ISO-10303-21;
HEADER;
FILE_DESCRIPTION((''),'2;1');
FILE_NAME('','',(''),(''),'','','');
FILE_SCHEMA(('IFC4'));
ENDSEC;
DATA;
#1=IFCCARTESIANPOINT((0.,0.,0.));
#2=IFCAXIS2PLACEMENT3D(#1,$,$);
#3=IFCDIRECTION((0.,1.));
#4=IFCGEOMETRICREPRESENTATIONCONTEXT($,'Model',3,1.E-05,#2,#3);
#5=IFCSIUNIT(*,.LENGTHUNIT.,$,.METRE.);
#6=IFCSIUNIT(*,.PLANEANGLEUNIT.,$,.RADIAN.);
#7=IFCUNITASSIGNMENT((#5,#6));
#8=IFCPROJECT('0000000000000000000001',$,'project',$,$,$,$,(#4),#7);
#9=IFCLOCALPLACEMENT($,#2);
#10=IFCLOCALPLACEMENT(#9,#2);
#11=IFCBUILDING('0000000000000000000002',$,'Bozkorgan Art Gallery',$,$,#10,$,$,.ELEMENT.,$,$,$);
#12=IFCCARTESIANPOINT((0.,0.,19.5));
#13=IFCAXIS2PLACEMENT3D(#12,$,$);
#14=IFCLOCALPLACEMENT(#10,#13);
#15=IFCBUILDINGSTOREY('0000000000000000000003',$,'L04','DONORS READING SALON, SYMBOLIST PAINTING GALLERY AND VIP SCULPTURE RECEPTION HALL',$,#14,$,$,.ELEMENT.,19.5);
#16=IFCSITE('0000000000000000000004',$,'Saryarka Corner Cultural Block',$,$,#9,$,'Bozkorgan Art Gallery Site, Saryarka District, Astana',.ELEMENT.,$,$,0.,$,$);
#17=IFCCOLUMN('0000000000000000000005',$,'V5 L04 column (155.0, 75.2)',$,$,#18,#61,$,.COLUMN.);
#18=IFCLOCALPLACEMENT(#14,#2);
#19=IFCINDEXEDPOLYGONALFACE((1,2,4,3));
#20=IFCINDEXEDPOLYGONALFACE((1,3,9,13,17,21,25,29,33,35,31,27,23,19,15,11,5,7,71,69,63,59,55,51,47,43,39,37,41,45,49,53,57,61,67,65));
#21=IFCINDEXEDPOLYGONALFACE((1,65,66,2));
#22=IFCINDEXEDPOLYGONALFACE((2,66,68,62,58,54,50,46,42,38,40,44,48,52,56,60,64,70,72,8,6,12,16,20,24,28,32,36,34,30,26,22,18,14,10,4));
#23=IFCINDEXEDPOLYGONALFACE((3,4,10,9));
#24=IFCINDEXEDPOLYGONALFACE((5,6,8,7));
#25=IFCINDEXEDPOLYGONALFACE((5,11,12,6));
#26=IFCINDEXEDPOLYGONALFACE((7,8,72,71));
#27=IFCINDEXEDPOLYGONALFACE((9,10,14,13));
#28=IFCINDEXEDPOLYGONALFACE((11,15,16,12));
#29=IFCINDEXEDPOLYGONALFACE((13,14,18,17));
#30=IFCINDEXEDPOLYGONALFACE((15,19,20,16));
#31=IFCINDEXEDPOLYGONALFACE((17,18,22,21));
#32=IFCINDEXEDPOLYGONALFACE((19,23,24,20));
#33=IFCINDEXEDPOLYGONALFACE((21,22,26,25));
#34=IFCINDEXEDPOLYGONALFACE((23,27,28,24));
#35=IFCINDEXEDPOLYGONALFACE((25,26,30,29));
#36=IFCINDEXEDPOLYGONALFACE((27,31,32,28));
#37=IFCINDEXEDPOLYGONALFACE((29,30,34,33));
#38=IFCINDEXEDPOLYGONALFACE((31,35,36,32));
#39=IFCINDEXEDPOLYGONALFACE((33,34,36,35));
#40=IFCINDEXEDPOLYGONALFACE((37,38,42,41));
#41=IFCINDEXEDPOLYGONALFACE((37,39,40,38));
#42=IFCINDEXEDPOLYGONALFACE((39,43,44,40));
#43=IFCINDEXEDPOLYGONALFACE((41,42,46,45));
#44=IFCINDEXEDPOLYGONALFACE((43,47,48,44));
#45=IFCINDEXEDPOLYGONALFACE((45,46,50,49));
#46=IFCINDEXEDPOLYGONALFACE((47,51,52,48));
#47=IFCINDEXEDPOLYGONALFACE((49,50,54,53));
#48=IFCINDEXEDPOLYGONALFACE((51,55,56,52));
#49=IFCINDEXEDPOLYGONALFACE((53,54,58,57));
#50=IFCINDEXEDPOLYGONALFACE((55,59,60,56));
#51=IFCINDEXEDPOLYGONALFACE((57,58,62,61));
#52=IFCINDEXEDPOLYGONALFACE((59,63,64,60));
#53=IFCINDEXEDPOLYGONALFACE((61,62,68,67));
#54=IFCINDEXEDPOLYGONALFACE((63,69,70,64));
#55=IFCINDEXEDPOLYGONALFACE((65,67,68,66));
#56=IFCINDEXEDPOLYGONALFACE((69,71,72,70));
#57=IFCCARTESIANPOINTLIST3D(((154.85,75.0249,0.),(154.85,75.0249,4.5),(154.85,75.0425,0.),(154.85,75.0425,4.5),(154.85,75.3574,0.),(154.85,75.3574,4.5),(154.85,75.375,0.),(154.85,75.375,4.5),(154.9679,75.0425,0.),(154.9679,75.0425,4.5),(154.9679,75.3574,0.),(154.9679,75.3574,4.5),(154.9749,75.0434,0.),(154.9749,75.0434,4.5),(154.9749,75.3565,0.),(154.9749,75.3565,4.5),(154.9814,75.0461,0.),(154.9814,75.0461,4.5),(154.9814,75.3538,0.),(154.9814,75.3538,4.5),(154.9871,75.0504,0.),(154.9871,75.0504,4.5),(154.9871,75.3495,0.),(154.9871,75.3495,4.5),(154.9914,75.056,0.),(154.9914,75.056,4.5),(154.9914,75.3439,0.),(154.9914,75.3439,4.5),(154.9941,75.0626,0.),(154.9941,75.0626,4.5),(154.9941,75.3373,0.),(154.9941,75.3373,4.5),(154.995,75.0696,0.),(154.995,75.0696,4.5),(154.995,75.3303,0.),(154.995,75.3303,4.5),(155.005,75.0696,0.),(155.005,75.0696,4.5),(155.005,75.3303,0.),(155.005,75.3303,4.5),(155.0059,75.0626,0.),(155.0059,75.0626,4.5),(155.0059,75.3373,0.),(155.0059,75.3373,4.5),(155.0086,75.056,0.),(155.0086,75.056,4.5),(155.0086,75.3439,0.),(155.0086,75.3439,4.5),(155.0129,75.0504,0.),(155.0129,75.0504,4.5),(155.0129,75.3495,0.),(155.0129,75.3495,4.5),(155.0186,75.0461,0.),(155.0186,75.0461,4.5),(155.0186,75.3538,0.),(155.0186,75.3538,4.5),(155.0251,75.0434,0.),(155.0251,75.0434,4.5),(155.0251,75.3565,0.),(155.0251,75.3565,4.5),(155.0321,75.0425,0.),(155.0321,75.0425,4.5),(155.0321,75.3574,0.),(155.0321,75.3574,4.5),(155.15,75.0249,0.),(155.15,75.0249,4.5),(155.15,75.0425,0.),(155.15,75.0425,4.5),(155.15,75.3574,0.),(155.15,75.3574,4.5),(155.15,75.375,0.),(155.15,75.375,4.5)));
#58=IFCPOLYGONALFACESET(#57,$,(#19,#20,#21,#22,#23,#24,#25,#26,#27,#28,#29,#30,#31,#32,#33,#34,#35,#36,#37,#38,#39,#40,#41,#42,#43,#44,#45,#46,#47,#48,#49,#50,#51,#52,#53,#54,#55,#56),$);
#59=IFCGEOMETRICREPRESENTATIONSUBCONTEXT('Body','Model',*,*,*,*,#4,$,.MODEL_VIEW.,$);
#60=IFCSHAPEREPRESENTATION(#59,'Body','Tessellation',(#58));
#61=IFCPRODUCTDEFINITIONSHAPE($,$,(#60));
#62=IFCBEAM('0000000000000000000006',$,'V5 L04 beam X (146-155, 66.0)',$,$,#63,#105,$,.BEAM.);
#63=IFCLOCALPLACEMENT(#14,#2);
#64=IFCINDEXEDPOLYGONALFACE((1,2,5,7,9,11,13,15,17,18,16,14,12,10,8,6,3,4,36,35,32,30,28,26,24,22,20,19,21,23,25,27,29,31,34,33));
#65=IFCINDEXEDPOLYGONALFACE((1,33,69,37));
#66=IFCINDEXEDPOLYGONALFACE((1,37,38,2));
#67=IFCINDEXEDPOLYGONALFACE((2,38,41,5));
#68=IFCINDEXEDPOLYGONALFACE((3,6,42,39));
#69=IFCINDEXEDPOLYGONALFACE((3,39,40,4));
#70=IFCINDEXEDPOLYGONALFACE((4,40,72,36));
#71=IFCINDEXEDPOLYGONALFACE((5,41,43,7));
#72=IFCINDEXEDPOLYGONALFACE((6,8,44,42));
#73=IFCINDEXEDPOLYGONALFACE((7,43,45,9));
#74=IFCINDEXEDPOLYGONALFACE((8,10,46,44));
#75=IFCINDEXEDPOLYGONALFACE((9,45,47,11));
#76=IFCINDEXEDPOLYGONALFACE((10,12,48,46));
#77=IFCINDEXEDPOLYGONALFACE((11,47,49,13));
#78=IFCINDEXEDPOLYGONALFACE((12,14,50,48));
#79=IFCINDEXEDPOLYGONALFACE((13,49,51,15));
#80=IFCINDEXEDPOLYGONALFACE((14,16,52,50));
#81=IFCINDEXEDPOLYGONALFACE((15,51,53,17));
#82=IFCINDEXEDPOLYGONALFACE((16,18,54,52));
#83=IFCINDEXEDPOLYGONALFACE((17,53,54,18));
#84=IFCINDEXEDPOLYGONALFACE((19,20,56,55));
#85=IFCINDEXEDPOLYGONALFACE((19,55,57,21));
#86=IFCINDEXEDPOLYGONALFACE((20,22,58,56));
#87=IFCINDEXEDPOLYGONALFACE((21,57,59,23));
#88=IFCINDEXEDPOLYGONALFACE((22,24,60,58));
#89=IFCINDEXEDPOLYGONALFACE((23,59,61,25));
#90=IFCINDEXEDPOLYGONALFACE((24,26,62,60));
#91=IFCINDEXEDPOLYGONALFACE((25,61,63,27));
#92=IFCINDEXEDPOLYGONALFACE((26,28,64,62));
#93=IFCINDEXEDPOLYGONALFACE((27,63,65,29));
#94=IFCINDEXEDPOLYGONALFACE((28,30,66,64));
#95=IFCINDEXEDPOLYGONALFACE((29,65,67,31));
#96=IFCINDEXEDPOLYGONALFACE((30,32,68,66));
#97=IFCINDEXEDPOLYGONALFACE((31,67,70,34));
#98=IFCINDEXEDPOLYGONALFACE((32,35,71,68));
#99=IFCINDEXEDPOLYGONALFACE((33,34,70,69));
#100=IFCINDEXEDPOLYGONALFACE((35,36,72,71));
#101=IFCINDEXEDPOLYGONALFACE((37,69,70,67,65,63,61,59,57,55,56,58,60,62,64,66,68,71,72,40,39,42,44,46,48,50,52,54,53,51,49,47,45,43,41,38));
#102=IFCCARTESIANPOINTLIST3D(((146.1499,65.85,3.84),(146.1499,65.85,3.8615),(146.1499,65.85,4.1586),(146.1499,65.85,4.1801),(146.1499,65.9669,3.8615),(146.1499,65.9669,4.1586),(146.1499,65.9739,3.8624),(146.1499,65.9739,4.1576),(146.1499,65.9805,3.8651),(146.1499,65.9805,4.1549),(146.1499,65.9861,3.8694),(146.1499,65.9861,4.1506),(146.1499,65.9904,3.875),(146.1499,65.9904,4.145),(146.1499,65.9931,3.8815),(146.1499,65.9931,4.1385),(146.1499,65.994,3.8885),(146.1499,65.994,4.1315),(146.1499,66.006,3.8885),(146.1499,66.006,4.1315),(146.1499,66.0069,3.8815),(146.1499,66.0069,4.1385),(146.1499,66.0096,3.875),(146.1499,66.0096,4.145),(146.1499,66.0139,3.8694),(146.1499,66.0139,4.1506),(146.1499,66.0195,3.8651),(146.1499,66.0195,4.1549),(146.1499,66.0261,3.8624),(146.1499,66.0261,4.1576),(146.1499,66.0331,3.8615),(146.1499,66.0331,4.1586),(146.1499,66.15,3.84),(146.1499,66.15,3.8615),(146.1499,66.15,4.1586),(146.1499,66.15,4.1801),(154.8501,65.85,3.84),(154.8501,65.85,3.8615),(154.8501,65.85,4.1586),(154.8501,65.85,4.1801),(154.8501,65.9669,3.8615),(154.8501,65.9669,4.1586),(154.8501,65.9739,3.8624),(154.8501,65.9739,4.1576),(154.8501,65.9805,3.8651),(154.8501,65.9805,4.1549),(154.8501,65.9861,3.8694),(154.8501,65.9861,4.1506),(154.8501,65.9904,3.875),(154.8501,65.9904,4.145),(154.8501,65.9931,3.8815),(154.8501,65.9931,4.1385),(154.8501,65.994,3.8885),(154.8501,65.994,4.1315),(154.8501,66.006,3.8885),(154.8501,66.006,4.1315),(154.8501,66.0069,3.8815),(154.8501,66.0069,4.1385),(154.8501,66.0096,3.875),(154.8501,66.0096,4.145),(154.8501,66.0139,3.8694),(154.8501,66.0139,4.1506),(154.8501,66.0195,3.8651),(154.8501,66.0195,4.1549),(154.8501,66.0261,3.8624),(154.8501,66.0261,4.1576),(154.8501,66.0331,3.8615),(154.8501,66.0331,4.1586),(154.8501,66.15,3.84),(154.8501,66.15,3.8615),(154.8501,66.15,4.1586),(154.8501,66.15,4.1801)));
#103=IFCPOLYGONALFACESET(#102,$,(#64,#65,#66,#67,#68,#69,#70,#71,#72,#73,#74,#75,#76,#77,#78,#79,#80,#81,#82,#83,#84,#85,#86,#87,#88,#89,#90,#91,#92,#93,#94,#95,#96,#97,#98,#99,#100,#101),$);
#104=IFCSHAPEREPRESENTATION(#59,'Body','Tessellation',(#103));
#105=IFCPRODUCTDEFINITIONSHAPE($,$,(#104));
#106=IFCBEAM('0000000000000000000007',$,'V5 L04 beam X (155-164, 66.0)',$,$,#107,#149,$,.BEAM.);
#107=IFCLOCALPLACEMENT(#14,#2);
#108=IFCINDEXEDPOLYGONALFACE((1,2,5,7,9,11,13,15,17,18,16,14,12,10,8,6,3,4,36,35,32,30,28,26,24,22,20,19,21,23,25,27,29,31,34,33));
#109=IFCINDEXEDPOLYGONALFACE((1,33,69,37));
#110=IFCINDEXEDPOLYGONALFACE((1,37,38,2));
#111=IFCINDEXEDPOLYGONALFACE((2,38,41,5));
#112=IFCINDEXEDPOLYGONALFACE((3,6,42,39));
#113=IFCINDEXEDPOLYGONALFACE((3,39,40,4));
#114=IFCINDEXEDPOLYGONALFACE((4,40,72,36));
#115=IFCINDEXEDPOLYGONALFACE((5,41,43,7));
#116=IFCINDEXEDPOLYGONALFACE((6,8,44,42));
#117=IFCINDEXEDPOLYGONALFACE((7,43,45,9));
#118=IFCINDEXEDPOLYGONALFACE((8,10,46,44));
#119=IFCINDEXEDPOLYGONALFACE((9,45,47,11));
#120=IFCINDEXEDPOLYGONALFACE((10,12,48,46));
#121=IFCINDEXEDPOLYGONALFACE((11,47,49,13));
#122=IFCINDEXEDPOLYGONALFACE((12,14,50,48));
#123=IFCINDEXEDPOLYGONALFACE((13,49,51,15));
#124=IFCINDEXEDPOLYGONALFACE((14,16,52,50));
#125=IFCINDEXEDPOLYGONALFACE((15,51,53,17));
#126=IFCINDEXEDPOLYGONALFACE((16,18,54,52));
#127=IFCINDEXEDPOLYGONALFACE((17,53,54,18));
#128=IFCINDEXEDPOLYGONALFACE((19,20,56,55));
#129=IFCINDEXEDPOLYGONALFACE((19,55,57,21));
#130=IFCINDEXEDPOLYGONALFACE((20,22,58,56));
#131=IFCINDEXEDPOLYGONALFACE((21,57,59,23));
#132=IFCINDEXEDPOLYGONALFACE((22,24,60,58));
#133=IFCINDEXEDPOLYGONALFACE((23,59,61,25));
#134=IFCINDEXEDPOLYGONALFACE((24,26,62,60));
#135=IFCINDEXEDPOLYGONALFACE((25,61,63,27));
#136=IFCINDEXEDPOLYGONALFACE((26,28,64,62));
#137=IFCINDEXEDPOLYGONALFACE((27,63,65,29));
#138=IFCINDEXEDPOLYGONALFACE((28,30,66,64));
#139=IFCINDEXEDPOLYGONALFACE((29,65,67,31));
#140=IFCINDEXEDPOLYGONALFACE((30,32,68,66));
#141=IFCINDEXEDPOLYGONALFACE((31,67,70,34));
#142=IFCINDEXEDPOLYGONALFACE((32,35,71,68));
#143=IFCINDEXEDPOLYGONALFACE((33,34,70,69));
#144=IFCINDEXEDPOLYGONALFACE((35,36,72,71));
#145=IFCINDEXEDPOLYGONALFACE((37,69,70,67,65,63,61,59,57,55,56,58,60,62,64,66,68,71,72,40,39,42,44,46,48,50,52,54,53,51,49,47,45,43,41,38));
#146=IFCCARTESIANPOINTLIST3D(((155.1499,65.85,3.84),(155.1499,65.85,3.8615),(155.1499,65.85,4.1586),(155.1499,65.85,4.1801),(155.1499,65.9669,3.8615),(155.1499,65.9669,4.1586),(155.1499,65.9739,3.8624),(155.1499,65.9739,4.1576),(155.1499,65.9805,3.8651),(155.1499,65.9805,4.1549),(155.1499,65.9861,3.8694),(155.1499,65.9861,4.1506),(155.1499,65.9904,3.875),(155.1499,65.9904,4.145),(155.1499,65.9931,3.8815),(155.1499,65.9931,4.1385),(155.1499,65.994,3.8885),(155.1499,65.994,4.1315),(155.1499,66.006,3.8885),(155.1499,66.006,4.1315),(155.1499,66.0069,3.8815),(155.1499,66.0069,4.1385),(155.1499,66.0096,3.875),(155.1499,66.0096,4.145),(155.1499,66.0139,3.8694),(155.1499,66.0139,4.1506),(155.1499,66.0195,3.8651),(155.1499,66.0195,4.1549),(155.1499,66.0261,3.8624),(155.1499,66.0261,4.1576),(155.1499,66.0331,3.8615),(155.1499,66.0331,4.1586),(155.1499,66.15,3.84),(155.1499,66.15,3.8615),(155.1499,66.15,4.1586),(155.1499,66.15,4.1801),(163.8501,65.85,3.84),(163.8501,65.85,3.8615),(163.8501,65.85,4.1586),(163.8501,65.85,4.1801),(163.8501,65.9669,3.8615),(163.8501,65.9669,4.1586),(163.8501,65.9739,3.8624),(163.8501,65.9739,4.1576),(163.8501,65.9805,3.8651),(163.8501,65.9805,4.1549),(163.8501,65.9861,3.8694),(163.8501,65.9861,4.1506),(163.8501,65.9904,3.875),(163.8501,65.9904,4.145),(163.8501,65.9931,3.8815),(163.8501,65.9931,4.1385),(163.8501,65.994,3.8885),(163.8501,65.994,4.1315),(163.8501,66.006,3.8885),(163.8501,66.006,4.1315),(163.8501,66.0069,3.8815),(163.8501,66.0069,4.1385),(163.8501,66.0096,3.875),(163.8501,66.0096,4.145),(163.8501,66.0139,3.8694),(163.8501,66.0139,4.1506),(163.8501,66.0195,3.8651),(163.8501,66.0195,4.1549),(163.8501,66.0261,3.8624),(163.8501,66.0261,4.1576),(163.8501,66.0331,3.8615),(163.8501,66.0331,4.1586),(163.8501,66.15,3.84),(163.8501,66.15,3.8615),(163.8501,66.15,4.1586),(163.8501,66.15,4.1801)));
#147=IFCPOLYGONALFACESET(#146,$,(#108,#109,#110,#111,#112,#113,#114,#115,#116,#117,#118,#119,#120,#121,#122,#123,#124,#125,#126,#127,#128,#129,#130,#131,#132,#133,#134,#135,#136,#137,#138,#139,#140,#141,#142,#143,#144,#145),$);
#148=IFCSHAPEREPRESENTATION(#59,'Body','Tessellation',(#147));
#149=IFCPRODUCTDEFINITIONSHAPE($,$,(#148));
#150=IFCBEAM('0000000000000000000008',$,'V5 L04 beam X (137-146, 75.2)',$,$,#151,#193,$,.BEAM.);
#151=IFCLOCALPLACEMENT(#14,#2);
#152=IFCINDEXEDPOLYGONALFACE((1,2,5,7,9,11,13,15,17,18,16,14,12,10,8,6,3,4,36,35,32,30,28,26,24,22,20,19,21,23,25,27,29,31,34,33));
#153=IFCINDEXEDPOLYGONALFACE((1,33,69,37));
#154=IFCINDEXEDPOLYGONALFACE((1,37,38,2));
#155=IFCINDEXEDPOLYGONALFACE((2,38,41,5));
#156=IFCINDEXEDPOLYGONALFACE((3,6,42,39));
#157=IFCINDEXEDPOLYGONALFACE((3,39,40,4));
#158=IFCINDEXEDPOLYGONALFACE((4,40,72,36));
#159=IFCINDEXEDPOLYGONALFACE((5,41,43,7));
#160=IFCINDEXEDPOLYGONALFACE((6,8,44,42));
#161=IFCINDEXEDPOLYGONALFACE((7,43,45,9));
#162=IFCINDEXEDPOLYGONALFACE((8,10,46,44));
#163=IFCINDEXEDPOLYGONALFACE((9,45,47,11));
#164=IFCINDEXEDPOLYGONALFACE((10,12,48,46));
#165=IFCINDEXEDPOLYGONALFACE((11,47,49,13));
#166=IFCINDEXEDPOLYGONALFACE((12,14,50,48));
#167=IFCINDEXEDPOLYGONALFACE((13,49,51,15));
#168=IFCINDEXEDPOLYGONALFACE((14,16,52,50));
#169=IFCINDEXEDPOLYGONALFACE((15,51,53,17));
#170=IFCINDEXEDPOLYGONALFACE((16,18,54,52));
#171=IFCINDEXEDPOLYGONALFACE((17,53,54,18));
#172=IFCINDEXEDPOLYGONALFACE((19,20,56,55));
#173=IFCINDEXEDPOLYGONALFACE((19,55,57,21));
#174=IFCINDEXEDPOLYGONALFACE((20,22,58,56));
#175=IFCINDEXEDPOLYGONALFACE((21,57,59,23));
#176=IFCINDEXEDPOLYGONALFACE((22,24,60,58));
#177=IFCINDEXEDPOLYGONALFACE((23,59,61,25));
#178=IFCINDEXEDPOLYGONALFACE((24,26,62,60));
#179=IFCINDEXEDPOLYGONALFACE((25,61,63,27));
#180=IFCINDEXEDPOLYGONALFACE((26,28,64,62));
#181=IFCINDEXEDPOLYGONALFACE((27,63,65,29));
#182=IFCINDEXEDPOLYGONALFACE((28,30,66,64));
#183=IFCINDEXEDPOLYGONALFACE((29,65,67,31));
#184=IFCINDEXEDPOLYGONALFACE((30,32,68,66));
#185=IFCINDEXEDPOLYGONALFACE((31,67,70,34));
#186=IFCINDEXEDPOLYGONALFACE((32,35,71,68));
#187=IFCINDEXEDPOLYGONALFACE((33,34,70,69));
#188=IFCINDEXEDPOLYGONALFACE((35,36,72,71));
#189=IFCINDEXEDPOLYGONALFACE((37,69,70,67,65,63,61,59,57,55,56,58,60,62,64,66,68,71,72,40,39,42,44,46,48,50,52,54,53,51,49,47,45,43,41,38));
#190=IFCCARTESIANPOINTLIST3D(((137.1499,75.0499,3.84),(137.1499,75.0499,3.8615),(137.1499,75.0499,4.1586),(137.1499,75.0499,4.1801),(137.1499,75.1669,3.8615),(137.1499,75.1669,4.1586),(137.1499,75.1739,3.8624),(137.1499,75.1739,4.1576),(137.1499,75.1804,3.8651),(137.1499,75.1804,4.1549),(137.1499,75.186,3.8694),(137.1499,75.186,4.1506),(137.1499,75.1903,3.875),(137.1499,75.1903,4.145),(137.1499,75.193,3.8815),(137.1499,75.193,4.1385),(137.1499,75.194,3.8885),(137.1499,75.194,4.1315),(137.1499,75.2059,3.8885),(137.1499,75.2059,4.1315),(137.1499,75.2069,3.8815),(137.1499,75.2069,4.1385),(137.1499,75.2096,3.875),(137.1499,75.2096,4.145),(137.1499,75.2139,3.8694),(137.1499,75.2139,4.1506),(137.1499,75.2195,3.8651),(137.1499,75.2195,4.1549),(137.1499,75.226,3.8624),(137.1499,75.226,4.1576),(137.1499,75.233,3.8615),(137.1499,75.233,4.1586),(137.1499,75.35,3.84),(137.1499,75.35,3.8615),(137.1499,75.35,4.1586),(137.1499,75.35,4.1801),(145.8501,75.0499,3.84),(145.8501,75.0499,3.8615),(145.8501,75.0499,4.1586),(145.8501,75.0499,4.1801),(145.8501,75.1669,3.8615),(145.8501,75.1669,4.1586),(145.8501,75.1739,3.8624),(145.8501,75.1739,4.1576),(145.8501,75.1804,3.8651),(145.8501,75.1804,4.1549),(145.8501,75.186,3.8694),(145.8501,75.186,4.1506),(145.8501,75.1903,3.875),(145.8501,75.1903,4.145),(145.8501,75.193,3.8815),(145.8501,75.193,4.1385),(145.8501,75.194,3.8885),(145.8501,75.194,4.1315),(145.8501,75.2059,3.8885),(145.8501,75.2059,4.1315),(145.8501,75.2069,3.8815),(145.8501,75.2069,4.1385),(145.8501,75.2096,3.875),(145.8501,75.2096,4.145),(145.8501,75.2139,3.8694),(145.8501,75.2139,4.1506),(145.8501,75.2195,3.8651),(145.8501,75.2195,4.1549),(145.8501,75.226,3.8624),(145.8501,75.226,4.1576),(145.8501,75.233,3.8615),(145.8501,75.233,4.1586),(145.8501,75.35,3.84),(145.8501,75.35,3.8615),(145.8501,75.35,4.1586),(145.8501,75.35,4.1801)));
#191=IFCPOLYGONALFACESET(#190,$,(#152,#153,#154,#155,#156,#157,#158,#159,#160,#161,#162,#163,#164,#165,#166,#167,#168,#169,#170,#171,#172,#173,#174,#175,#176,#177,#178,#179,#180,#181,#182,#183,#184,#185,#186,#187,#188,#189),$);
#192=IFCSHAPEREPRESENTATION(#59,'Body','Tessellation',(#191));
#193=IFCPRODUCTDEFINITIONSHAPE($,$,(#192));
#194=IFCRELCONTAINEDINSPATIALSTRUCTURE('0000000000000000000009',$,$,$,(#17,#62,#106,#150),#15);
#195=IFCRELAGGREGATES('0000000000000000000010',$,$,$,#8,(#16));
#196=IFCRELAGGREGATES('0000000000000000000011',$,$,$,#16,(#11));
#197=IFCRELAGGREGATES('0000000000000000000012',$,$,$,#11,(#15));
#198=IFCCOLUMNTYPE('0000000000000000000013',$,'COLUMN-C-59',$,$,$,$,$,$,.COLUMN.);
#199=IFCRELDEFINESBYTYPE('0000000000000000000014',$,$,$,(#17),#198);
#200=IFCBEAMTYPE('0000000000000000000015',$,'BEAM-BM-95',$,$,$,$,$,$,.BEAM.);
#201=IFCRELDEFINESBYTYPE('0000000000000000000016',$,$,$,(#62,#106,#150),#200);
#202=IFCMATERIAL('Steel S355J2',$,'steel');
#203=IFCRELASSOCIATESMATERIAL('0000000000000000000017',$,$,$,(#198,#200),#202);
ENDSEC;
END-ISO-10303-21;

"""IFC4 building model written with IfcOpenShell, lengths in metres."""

from ifc_helpers import new_model, si_unit, direction, frame, origin, origin_2d, place, context, subcontext, project, spatial, i_section, extrude, material, material_profile, profile_set, type_object, element, save


model = new_model("IFC4")

# Units and contexts
model_context = context("Model", 3, precision=1e-05, world=origin(), true_north=direction((0.0, 1.0)))
body_context = subcontext(model_context, "Body", "Model", "MODEL_VIEW")
ifc_project = project(units=[si_unit("LENGTHUNIT", "METRE"), si_unit("PLANEANGLEUNIT", "RADIAN")], contexts=[model_context])

# Site, building, storey
site_placement = place(None, origin())
site = spatial("IfcSite", under=ifc_project, at=site_placement, Name="Saryarka Corner Cultural Block", LongName="Bozkorgan Art Gallery Site, Saryarka District, Astana", CompositionType="ELEMENT", RefElevation=0.0)
building_placement = place(site_placement, origin())
building = spatial("IfcBuilding", under=site, at=building_placement, Name="Bozkorgan Art Gallery", CompositionType="ELEMENT")
storey_placement = place(building_placement, frame((0.0, 0.0, 19.5)))
storey = spatial("IfcBuildingStorey", under=building, at=storey_placement, Name="L04", Description="DONORS READING SALON, SYMBOLIST PAINTING GALLERY AND VIP SCULPTURE RECEPTION HALL", CompositionType="ELEMENT", Elevation=19.5)

# Column
ifc_material_1 = material(Name="Steel S355J2", Category="steel")
ifc_material_profile_1 = material_profile(ifc_material_1, i_section(OverallWidth=0.3, OverallDepth=0.3501, WebThickness=0.01, FlangeThickness=0.0176, FilletRadius=0.0271, at=origin_2d()), Name="HEA 360")
ifc_profile_set_1 = profile_set([ifc_material_profile_1], Name="Steel S355J2")
column_type_1 = type_object("IfcColumnType", Name="COLUMN-C-59", PredefinedType="COLUMN", material=ifc_profile_set_1)
for number, where, z_axis, x_axis, name in (
    (1, (155.0, 75.2, 0.0), (0.0, 0.0, 1.0), (1.0, 0.0, 0.0), "V5 L04 column (155.0, 75.2)"),
):
    element("IfcColumn", number, at=place(storey_placement, frame(where, z_axis=z_axis, x_axis=x_axis)), inside=storey, type_object=column_type_1, Name=name, PredefinedType="COLUMN", context=body_context, shape_type="SweptSolid", body=[
        extrude(i_section(OverallWidth=0.3, OverallDepth=0.3501, WebThickness=0.01, FlangeThickness=0.0176, FilletRadius=0.0271, at=origin_2d()), origin(), (0.0, 0.0, 1.0), 4.5),
    ])

# Beams
ifc_material_profile_2 = material_profile(ifc_material_1, i_section(OverallWidth=0.3, OverallDepth=0.3401, WebThickness=0.012, FlangeThickness=0.0215, FilletRadius=0.0271, at=origin_2d()), Name="HEB 340")
ifc_profile_set_2 = profile_set([ifc_material_profile_2], Name="Steel S355J2")
beam_type = type_object("IfcBeamType", Name="BEAM-BM-95", PredefinedType="BEAM", material=ifc_profile_set_2)
for number, where, z_axis, x_axis, name in (
    (2, (146.1499, 66.0, 4.01), (1.0, 0.0, 0.0), (0.0, 1.0, 0.0), "V5 L04 beam X (146-155, 66.0)"),
    (3, (155.1499, 66.0, 4.01), (1.0, 0.0, 0.0), (0.0, 1.0, 0.0), "V5 L04 beam X (155-164, 66.0)"),
    (4, (137.1499, 75.2, 4.01), (1.0, 0.0, 0.0), (0.0, 1.0, 0.0), "V5 L04 beam X (137-146, 75.2)"),
):
    element("IfcBeam", number, at=place(storey_placement, frame(where, z_axis=z_axis, x_axis=x_axis)), inside=storey, type_object=beam_type, Name=name, PredefinedType="BEAM", context=body_context, shape_type="SweptSolid", body=[
        extrude(i_section(OverallWidth=0.3, OverallDepth=0.3401, WebThickness=0.012, FlangeThickness=0.0215, FilletRadius=0.0271, at=origin_2d()), origin(), (0.0, 0.0, 1.0), 8.7002),
    ])

save(model, "model.ifc")
